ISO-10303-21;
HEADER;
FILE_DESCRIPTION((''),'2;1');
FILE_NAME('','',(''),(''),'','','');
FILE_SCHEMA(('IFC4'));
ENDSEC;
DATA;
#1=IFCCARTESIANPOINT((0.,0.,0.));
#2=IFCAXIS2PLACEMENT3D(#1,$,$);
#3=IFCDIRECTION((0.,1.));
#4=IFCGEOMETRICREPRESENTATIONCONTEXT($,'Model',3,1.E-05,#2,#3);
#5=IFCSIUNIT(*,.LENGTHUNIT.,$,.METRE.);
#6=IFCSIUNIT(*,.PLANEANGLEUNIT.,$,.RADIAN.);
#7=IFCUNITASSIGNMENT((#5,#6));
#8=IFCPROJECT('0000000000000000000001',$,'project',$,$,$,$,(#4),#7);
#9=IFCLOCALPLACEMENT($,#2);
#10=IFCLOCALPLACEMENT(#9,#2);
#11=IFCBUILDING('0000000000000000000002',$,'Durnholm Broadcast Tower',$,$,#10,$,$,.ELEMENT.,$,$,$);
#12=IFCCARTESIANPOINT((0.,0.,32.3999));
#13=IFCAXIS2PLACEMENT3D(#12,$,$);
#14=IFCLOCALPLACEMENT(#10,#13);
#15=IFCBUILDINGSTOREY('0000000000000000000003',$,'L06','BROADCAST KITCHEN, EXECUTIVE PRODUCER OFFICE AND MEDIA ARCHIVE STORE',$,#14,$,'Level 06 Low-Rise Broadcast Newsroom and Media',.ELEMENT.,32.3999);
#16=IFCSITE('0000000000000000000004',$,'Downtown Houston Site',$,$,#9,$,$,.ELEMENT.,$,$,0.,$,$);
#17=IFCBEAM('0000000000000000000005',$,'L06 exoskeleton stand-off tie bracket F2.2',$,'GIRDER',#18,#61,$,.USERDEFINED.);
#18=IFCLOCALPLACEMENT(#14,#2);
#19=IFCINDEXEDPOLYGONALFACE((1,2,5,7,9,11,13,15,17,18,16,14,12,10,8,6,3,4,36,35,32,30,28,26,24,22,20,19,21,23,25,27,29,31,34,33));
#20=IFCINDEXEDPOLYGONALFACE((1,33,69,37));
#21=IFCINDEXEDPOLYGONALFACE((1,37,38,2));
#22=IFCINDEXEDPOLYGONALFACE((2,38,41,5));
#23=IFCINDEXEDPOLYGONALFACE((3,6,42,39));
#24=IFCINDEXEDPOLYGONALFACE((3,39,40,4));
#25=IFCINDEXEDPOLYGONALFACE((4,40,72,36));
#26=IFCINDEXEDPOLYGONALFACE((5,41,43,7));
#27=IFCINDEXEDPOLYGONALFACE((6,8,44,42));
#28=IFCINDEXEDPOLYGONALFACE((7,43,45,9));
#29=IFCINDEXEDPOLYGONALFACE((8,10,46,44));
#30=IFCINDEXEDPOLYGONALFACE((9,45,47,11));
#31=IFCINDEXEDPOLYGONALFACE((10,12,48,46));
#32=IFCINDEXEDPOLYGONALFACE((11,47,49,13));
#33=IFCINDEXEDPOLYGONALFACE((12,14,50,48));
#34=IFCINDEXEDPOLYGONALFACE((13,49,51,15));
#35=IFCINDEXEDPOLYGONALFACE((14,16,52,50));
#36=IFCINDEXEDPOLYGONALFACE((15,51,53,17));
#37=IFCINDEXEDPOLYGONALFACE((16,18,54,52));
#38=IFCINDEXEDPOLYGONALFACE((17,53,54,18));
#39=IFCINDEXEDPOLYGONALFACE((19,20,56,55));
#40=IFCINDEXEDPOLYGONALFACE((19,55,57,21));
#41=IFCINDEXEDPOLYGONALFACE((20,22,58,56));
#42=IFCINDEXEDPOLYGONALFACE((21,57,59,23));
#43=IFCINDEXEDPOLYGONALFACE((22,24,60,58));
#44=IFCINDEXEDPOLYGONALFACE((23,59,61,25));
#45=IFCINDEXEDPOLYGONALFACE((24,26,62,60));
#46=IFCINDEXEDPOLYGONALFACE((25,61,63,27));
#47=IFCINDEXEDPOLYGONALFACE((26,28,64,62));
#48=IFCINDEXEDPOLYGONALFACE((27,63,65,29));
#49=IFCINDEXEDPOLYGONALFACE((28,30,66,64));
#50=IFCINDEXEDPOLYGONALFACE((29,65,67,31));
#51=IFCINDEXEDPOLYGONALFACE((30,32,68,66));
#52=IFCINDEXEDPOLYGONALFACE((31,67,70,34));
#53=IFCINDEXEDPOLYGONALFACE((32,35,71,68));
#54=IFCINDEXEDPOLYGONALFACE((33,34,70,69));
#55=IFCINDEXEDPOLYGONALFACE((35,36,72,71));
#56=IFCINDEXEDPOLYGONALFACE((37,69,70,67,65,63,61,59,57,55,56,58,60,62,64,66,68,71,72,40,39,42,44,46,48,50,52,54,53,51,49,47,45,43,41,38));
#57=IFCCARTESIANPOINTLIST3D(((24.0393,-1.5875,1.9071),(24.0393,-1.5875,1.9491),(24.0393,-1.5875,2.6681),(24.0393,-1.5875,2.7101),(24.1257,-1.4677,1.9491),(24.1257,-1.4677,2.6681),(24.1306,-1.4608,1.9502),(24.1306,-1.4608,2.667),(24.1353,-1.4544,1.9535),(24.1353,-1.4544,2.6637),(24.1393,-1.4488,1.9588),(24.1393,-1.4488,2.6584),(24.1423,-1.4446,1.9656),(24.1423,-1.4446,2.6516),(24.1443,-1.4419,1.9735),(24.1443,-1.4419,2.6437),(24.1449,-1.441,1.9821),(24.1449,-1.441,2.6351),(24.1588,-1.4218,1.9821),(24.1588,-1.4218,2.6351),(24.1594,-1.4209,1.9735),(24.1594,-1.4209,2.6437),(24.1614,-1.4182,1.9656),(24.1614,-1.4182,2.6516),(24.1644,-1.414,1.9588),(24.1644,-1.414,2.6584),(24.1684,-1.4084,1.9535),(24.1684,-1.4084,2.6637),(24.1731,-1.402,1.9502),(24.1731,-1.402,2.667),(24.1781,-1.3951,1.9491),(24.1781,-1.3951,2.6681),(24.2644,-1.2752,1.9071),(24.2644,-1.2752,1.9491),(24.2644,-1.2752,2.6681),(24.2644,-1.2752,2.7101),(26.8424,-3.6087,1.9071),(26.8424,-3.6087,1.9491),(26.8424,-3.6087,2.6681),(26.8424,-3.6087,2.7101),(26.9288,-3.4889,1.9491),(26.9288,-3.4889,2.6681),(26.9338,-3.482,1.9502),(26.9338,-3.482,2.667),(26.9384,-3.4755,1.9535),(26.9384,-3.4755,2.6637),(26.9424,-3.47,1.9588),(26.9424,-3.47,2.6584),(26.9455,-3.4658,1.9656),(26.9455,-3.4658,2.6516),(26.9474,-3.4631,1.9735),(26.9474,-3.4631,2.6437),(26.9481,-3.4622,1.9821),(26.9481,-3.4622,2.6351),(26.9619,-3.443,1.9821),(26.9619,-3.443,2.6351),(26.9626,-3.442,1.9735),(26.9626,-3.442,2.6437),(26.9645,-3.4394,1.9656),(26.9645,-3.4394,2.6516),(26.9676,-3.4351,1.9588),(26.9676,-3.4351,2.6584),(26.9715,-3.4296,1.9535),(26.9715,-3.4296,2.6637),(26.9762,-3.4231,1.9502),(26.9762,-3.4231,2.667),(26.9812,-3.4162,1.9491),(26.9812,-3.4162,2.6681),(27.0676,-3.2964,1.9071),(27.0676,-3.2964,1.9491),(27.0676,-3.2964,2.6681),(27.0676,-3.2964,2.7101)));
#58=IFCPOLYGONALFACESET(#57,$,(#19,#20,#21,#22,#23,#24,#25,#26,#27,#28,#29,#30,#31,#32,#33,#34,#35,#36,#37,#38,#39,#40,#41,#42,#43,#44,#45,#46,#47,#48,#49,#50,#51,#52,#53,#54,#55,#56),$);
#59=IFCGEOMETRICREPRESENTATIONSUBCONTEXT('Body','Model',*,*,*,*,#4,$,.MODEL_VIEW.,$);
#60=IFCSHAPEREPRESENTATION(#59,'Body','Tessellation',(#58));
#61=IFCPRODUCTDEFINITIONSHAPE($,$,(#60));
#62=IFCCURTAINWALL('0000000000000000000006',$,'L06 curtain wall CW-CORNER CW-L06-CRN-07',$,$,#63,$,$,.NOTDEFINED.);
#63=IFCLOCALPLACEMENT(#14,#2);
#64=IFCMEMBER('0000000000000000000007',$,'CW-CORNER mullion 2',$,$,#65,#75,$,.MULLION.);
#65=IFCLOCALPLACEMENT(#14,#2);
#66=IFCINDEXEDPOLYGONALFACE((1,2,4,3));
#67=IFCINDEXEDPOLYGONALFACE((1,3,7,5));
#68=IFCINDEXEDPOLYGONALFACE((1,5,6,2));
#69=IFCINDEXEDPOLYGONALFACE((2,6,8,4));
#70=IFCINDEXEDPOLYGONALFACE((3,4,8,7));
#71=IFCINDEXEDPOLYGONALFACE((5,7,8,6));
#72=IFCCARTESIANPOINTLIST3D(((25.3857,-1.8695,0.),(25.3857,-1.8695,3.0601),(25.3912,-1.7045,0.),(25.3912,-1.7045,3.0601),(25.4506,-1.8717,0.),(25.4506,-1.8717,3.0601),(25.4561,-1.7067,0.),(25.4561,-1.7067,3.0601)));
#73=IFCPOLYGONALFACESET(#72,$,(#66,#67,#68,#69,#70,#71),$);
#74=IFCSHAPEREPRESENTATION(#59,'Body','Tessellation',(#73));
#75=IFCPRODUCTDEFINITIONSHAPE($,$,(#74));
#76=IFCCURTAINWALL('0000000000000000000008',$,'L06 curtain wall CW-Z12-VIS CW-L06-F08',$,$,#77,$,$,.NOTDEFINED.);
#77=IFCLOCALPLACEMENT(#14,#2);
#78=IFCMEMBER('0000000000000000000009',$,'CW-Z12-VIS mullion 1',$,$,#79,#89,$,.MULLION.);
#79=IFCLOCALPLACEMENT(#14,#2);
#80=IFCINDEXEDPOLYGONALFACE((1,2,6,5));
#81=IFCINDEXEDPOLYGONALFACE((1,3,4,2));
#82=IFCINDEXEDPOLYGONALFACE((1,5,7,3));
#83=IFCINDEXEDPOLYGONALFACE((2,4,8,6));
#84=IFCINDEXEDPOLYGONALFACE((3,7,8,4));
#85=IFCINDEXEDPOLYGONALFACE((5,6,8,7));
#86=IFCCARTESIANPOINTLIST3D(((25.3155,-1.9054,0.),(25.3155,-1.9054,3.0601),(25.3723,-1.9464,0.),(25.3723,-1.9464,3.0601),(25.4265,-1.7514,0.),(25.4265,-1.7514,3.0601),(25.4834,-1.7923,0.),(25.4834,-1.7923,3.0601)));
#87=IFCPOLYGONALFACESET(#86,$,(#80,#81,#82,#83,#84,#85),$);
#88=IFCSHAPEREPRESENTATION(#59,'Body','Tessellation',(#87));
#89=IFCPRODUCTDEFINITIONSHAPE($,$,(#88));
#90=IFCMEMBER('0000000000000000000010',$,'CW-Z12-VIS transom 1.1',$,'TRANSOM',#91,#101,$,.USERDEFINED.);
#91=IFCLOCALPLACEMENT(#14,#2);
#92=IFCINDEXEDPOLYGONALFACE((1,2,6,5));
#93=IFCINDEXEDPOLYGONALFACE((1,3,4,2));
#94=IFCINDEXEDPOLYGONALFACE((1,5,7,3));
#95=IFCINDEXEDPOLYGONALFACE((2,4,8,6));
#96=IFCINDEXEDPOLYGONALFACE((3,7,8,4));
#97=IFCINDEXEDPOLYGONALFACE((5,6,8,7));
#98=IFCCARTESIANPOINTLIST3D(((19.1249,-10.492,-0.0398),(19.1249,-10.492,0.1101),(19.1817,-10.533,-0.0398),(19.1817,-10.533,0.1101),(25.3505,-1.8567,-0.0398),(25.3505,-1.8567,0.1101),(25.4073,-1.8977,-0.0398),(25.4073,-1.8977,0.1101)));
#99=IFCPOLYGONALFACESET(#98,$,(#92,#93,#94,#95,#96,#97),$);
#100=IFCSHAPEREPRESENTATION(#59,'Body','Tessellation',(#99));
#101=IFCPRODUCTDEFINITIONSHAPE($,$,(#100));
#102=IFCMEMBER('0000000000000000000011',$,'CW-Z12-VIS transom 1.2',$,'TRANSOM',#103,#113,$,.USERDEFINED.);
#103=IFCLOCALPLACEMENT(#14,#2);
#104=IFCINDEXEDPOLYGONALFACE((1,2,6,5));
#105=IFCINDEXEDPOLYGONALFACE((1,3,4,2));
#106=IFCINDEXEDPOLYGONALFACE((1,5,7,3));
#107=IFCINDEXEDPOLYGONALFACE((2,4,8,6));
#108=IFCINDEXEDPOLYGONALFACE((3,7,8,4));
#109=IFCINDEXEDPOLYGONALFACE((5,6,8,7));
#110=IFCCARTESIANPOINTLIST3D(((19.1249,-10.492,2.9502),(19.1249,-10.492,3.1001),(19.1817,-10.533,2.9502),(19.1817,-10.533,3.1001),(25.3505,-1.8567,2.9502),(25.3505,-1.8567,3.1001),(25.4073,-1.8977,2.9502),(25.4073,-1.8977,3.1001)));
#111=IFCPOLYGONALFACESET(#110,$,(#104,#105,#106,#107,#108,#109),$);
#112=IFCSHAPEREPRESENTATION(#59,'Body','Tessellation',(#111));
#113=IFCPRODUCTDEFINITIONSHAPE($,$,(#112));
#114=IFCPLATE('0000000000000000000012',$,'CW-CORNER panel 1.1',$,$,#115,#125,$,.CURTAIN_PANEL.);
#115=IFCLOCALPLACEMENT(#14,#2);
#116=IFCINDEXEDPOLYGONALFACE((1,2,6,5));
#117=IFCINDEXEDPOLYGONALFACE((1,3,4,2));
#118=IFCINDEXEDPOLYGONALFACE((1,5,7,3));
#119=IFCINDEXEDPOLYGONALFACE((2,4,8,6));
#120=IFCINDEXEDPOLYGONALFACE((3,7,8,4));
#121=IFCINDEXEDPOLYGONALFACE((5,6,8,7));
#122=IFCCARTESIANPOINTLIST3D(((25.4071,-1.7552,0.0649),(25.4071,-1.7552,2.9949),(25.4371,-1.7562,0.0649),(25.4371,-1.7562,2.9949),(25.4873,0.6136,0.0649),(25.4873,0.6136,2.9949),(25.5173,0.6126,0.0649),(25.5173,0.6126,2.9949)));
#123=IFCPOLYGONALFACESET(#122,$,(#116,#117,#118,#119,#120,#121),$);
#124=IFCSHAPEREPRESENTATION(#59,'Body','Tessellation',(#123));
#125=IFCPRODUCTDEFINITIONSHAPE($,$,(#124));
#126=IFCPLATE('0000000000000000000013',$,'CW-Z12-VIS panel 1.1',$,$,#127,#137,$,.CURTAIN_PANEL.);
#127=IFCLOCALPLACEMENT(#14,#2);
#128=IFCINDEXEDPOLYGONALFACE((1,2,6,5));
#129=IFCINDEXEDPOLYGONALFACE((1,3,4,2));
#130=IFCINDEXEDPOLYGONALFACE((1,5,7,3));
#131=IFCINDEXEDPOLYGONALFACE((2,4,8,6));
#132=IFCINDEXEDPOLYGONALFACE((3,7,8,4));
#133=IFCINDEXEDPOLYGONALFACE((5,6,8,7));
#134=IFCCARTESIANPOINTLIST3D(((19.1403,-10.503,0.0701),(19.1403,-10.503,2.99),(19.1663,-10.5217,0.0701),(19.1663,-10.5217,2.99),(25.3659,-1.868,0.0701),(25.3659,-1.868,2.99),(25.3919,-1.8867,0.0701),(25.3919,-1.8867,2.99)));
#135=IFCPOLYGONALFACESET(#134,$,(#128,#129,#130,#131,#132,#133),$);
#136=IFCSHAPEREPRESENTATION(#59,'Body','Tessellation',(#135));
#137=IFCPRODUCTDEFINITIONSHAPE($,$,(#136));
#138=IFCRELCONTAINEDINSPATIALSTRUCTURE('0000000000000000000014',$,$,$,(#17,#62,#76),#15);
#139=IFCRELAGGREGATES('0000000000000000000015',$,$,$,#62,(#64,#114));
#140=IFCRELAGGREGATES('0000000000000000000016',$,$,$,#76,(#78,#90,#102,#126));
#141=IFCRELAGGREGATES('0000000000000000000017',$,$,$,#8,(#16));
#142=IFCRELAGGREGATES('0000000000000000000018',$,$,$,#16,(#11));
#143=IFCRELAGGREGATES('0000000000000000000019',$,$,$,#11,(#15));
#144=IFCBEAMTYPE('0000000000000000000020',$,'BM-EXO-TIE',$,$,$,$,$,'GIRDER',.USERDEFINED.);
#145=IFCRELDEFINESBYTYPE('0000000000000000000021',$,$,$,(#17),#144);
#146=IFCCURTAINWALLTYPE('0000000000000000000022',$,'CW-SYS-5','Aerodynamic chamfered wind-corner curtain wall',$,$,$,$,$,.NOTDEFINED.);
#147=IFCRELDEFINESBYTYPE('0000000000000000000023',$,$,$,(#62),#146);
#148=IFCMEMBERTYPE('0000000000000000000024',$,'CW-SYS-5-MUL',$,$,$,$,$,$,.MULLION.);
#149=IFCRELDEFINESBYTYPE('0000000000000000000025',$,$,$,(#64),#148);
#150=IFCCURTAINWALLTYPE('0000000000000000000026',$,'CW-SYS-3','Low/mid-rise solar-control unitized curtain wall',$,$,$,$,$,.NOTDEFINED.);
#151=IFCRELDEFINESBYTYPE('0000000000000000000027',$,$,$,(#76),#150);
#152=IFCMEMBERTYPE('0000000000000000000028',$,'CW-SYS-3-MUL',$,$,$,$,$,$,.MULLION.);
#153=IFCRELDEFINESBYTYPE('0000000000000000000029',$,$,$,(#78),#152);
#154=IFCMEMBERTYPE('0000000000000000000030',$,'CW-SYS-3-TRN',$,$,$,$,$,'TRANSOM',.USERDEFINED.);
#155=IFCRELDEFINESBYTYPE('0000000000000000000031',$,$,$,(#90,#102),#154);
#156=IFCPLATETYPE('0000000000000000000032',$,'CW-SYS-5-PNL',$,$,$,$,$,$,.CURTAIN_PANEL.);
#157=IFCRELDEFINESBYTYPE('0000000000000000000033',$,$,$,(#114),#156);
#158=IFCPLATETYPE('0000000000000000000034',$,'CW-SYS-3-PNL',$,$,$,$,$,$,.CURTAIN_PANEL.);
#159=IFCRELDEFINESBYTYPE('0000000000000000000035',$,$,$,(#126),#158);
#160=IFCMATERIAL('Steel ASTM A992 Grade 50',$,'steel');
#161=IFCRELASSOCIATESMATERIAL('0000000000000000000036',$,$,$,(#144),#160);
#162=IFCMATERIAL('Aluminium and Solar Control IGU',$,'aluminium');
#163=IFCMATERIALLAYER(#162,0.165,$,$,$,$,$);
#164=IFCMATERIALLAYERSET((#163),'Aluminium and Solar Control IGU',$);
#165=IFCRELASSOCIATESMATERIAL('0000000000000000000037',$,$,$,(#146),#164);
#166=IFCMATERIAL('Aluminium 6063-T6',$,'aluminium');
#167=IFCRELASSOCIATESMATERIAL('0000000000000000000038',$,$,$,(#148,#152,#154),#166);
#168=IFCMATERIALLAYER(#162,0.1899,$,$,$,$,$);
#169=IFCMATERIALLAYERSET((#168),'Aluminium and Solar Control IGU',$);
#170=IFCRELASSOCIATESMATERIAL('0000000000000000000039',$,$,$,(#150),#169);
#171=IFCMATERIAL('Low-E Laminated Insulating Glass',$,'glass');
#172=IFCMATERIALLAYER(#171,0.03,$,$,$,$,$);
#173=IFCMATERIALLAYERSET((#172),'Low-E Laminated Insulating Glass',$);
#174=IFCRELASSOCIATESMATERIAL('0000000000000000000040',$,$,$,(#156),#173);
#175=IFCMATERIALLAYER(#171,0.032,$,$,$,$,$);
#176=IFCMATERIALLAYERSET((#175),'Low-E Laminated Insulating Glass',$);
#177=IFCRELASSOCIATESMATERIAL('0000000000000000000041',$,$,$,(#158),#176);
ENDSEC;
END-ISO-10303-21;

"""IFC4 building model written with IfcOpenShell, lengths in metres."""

from ifc_helpers import new_model, si_unit, direction, frame, origin, origin_2d, place, context, subcontext, project, spatial, rectangle, i_section, extrude, source, transform, mapped, material, layer, layer_set, material_profile, profile_set, type_object, type_shapes, element, aggregate, save


model = new_model("IFC4")

# Units and contexts
model_context = context("Model", 3, precision=1e-05, world=origin(), true_north=direction((0.0, 1.0)))
body_context = subcontext(model_context, "Body", "Model", "MODEL_VIEW")
ifc_project = project(units=[si_unit("LENGTHUNIT", "METRE"), si_unit("PLANEANGLEUNIT", "RADIAN")], contexts=[model_context])

# Site, building, storey
site_placement = place(None, origin())
site = spatial("IfcSite", under=ifc_project, at=site_placement, Name="Downtown Houston Site", CompositionType="ELEMENT", RefElevation=0.0)
building_placement = place(site_placement, origin())
building = spatial("IfcBuilding", under=site, at=building_placement, Name="Durnholm Broadcast Tower", CompositionType="ELEMENT")
storey_placement = place(building_placement, frame((0.0, 0.0, 32.3999)))
storey = spatial("IfcBuildingStorey", under=building, at=storey_placement, Name="L06", Description="BROADCAST KITCHEN, EXECUTIVE PRODUCER OFFICE AND MEDIA ARCHIVE STORE", LongName="Level 06 Low-Rise Broadcast Newsroom and Media", CompositionType="ELEMENT", Elevation=32.3999)

# Shared definitions
ifc_material_1 = material(Name="Steel ASTM A992 Grade 50", Category="steel")

# Beam
ifc_material_profile_1 = material_profile(ifc_material_1, i_section(OverallWidth=0.385, OverallDepth=0.803, WebThickness=0.0237, FlangeThickness=0.042, FilletRadius=0.033, at=origin_2d()), Name="W30X261")
ifc_profile_set_1 = profile_set([ifc_material_profile_1], Name="Steel ASTM A992 Grade 50")
beam_type_1 = type_object("IfcBeamType", Name="BM-EXO-TIE", ElementType="GIRDER", PredefinedType="USERDEFINED", material=ifc_profile_set_1)
shared_shape_1 = source(origin(), body_context, "Body", "SweptSolid", [
    extrude(i_section(OverallWidth=0.385, OverallDepth=0.803, WebThickness=0.0237, FlangeThickness=0.042, FilletRadius=0.033, at=origin_2d()), origin(), (0.0, 0.0, 1.0), 3.4558),
])
type_shapes(beam_type_1, [shared_shape_1])
for number, where, z_axis, x_axis, name in (
    (1, (24.1519, -1.4314, 2.3086), (0.811134, -0.584861, 0.0), (0.584861, 0.811134, 0.0), "L06 exoskeleton stand-off tie bracket F2.2"),
):
    element("IfcBeam", number, at=place(storey_placement, frame(where, z_axis=z_axis, x_axis=x_axis)), inside=storey, type_object=beam_type_1, Name=name, ObjectType="GIRDER", PredefinedType="USERDEFINED", context=body_context, shape_type="MappedRepresentation", body=[
        mapped(shared_shape_1, transform((0.0, 0.0, 0.0), x_axis=(1.0, 0.0, 0.0), y_axis=(0.0, 1.0, 0.0), z_axis=(0.0, 0.0, 1.0), scale=1.0)),
    ])

# Curtain wall, member
ifc_material_2 = material(Name="Aluminium and Solar Control IGU", Category="aluminium")
ifc_layer_1 = layer(ifc_material_2, 0.165)
ifc_layer_set_1 = layer_set([ifc_layer_1], Name="Aluminium and Solar Control IGU")
curtain_wall_type_1 = type_object("IfcCurtainWallType", Name="CW-SYS-5", Description="Aerodynamic chamfered wind-corner curtain wall", PredefinedType="NOTDEFINED", material=ifc_layer_set_1)
curtain_wall_1_placement = place(storey_placement, origin())
curtain_wall_1 = element("IfcCurtainWall", 2, at=curtain_wall_1_placement, inside=storey, type_object=curtain_wall_type_1, Name="L06 curtain wall CW-CORNER CW-L06-CRN-07", PredefinedType="NOTDEFINED")
ifc_material_3 = material(Name="Aluminium 6063-T6", Category="aluminium")
ifc_material_profile_2 = material_profile(ifc_material_3, rectangle(XDim=0.0649, YDim=0.165, at=origin_2d()), Name="CWM65X165")
ifc_profile_set_2 = profile_set([ifc_material_profile_2], Name="Aluminium 6063-T6")
member_type_1 = type_object("IfcMemberType", Name="CW-SYS-5-MUL", PredefinedType="MULLION", material=ifc_profile_set_2)
shared_shape_2 = source(origin(), body_context, "Body", "SweptSolid", [
    extrude(rectangle(XDim=0.0649, YDim=0.165, at=origin_2d()), origin(), (0.0, 0.0, 1.0), 3.0601),
])
type_shapes(member_type_1, [shared_shape_2])
member_1_placement = place(storey_placement, frame((25.4209, -1.7881, 0.0), z_axis=(0.0, 0.0, 1.0), x_axis=(0.999427, -0.03384, 0.0)))
member_1 = element("IfcMember", 3, at=member_1_placement, type_object=member_type_1, Name="CW-CORNER mullion 2", PredefinedType="MULLION", context=body_context, shape_type="MappedRepresentation", body=[
    mapped(shared_shape_2, transform((0.0, 0.0, 0.0), x_axis=(1.0, 0.0, 0.0), y_axis=(0.0, 1.0, 0.0), z_axis=(0.0, 0.0, 1.0), scale=1.0)),
])

# Curtain wall, members
ifc_layer_2 = layer(ifc_material_2, 0.1899)
ifc_layer_set_2 = layer_set([ifc_layer_2], Name="Aluminium and Solar Control IGU")
curtain_wall_type_2 = type_object("IfcCurtainWallType", Name="CW-SYS-3", Description="Low/mid-rise solar-control unitized curtain wall", PredefinedType="NOTDEFINED", material=ifc_layer_set_2)
curtain_wall_2_placement = place(storey_placement, origin())
curtain_wall_2 = element("IfcCurtainWall", 4, at=curtain_wall_2_placement, inside=storey, type_object=curtain_wall_type_2, Name="L06 curtain wall CW-Z12-VIS CW-L06-F08", PredefinedType="NOTDEFINED")
ifc_material_profile_3 = material_profile(ifc_material_3, rectangle(XDim=0.0701, YDim=0.1899, at=origin_2d()), Name="CWM70X190")
ifc_profile_set_3 = profile_set([ifc_material_profile_3], Name="Aluminium 6063-T6")
member_type_2 = type_object("IfcMemberType", Name="CW-SYS-3-MUL", PredefinedType="MULLION", material=ifc_profile_set_3)
shared_shape_3 = source(origin(), body_context, "Body", "SweptSolid", [
    extrude(rectangle(XDim=0.0701, YDim=0.1899, at=origin_2d()), origin(), (0.0, 0.0, 1.0), 3.0601),
])
type_shapes(member_type_2, [shared_shape_3])
member_2_placement = place(storey_placement, frame((25.3994, -1.8489, 0.0), z_axis=(0.0, 0.0, 1.0), x_axis=(0.811161, -0.584823, 0.0)))
member_2 = element("IfcMember", 5, at=member_2_placement, type_object=member_type_2, Name="CW-Z12-VIS mullion 1", PredefinedType="MULLION", context=body_context, shape_type="MappedRepresentation", body=[
    mapped(shared_shape_3, transform((0.0, 0.0, 0.0), x_axis=(1.0, 0.0, 0.0), y_axis=(0.0, 1.0, 0.0), z_axis=(0.0, 0.0, 1.0), scale=1.0)),
])
ifc_material_profile_4 = material_profile(ifc_material_3, rectangle(XDim=0.0701, YDim=0.1499, at=origin_2d()), Name="CWT70X150")
ifc_profile_set_4 = profile_set([ifc_material_profile_4], Name="Aluminium 6063-T6")
member_type_3 = type_object("IfcMemberType", Name="CW-SYS-3-TRN", ElementType="TRANSOM", PredefinedType="USERDEFINED", material=ifc_profile_set_4)
shared_shape_4 = source(origin(), body_context, "Body", "SweptSolid", [
    extrude(rectangle(XDim=0.0701, YDim=0.1499, at=origin_2d()), origin(), (0.0, 0.0, 1.0), 10.6455),
])
type_shapes(member_type_3, [shared_shape_4])
member_3_placement = place(storey_placement, frame((25.3789, -1.8772, 0.0352), z_axis=(-0.584812, -0.811169, 0.0), x_axis=(0.811169, -0.584812, 0.0)))
member_3 = element("IfcMember", 6, at=member_3_placement, type_object=member_type_3, Name="CW-Z12-VIS transom 1.1", ObjectType="TRANSOM", PredefinedType="USERDEFINED", context=body_context, shape_type="MappedRepresentation", body=[
    mapped(shared_shape_4, transform((0.0, 0.0, 0.0), x_axis=(1.0, 0.0, 0.0), y_axis=(0.0, 1.0, 0.0), z_axis=(0.0, 0.0, 1.0), scale=1.0)),
])
member_4_placement = place(storey_placement, frame((25.3789, -1.8772, 3.0251), z_axis=(-0.584812, -0.811169, 0.0), x_axis=(0.811169, -0.584812, 0.0)))
member_4 = element("IfcMember", 7, at=member_4_placement, type_object=member_type_3, Name="CW-Z12-VIS transom 1.2", ObjectType="TRANSOM", PredefinedType="USERDEFINED", context=body_context, shape_type="MappedRepresentation", body=[
    mapped(shared_shape_4, transform((0.0, 0.0, 0.0), x_axis=(1.0, 0.0, 0.0), y_axis=(0.0, 1.0, 0.0), z_axis=(0.0, 0.0, 1.0), scale=1.0)),
])

# Plates
ifc_material_4 = material(Name="Low-E Laminated Insulating Glass", Category="glass")
ifc_layer_3 = layer(ifc_material_4, 0.03)
ifc_layer_set_3 = layer_set([ifc_layer_3], Name="Low-E Laminated Insulating Glass")
plate_type_1 = type_object("IfcPlateType", Name="CW-SYS-5-PNL", PredefinedType="CURTAIN_PANEL", material=ifc_layer_set_3)
shared_shape_5 = source(origin(), body_context, "Body", "SweptSolid", [
    extrude(rectangle(XDim=2.3701, YDim=0.03, at=origin_2d()), origin(), (0.0, 0.0, 1.0), 2.9299),
])
type_shapes(plate_type_1, [shared_shape_5])
plate_1_placement = place(storey_placement, frame((25.4622, -0.5713, 0.0649), z_axis=(0.0, 0.0, 1.0), x_axis=(-0.03384, -0.999427, 0.0)))
plate_1 = element("IfcPlate", 8, at=plate_1_placement, type_object=plate_type_1, Name="CW-CORNER panel 1.1", PredefinedType="CURTAIN_PANEL", context=body_context, shape_type="MappedRepresentation", body=[
    mapped(shared_shape_5, transform((0.0, 0.0, 0.0), x_axis=(1.0, 0.0, 0.0), y_axis=(0.0, 1.0, 0.0), z_axis=(0.0, 0.0, 1.0), scale=1.0)),
])
aggregate(curtain_wall_1, [member_1, plate_1])
ifc_layer_4 = layer(ifc_material_4, 0.032)
ifc_layer_set_4 = layer_set([ifc_layer_4], Name="Low-E Laminated Insulating Glass")
plate_type_2 = type_object("IfcPlateType", Name="CW-SYS-3-PNL", PredefinedType="CURTAIN_PANEL", material=ifc_layer_set_4)
shared_shape_6 = source(origin(), body_context, "Body", "SweptSolid", [
    extrude(rectangle(XDim=10.6453, YDim=0.032, at=origin_2d()), origin(), (0.0, 0.0, 1.0), 2.9199),
])
type_shapes(plate_type_2, [shared_shape_6])
plate_2_placement = place(storey_placement, frame((22.2661, -6.1948, 0.0701), z_axis=(0.0, 0.0, 1.0), x_axis=(-0.584823, -0.811161, 0.0)))
plate_2 = element("IfcPlate", 9, at=plate_2_placement, type_object=plate_type_2, Name="CW-Z12-VIS panel 1.1", PredefinedType="CURTAIN_PANEL", context=body_context, shape_type="MappedRepresentation", body=[
    mapped(shared_shape_6, transform((0.0, 0.0, 0.0), x_axis=(1.0, 0.0, 0.0), y_axis=(0.0, 1.0, 0.0), z_axis=(0.0, 0.0, 1.0), scale=1.0)),
])
aggregate(curtain_wall_2, [member_2, member_3, member_4, plate_2])

save(model, "model.ifc")
